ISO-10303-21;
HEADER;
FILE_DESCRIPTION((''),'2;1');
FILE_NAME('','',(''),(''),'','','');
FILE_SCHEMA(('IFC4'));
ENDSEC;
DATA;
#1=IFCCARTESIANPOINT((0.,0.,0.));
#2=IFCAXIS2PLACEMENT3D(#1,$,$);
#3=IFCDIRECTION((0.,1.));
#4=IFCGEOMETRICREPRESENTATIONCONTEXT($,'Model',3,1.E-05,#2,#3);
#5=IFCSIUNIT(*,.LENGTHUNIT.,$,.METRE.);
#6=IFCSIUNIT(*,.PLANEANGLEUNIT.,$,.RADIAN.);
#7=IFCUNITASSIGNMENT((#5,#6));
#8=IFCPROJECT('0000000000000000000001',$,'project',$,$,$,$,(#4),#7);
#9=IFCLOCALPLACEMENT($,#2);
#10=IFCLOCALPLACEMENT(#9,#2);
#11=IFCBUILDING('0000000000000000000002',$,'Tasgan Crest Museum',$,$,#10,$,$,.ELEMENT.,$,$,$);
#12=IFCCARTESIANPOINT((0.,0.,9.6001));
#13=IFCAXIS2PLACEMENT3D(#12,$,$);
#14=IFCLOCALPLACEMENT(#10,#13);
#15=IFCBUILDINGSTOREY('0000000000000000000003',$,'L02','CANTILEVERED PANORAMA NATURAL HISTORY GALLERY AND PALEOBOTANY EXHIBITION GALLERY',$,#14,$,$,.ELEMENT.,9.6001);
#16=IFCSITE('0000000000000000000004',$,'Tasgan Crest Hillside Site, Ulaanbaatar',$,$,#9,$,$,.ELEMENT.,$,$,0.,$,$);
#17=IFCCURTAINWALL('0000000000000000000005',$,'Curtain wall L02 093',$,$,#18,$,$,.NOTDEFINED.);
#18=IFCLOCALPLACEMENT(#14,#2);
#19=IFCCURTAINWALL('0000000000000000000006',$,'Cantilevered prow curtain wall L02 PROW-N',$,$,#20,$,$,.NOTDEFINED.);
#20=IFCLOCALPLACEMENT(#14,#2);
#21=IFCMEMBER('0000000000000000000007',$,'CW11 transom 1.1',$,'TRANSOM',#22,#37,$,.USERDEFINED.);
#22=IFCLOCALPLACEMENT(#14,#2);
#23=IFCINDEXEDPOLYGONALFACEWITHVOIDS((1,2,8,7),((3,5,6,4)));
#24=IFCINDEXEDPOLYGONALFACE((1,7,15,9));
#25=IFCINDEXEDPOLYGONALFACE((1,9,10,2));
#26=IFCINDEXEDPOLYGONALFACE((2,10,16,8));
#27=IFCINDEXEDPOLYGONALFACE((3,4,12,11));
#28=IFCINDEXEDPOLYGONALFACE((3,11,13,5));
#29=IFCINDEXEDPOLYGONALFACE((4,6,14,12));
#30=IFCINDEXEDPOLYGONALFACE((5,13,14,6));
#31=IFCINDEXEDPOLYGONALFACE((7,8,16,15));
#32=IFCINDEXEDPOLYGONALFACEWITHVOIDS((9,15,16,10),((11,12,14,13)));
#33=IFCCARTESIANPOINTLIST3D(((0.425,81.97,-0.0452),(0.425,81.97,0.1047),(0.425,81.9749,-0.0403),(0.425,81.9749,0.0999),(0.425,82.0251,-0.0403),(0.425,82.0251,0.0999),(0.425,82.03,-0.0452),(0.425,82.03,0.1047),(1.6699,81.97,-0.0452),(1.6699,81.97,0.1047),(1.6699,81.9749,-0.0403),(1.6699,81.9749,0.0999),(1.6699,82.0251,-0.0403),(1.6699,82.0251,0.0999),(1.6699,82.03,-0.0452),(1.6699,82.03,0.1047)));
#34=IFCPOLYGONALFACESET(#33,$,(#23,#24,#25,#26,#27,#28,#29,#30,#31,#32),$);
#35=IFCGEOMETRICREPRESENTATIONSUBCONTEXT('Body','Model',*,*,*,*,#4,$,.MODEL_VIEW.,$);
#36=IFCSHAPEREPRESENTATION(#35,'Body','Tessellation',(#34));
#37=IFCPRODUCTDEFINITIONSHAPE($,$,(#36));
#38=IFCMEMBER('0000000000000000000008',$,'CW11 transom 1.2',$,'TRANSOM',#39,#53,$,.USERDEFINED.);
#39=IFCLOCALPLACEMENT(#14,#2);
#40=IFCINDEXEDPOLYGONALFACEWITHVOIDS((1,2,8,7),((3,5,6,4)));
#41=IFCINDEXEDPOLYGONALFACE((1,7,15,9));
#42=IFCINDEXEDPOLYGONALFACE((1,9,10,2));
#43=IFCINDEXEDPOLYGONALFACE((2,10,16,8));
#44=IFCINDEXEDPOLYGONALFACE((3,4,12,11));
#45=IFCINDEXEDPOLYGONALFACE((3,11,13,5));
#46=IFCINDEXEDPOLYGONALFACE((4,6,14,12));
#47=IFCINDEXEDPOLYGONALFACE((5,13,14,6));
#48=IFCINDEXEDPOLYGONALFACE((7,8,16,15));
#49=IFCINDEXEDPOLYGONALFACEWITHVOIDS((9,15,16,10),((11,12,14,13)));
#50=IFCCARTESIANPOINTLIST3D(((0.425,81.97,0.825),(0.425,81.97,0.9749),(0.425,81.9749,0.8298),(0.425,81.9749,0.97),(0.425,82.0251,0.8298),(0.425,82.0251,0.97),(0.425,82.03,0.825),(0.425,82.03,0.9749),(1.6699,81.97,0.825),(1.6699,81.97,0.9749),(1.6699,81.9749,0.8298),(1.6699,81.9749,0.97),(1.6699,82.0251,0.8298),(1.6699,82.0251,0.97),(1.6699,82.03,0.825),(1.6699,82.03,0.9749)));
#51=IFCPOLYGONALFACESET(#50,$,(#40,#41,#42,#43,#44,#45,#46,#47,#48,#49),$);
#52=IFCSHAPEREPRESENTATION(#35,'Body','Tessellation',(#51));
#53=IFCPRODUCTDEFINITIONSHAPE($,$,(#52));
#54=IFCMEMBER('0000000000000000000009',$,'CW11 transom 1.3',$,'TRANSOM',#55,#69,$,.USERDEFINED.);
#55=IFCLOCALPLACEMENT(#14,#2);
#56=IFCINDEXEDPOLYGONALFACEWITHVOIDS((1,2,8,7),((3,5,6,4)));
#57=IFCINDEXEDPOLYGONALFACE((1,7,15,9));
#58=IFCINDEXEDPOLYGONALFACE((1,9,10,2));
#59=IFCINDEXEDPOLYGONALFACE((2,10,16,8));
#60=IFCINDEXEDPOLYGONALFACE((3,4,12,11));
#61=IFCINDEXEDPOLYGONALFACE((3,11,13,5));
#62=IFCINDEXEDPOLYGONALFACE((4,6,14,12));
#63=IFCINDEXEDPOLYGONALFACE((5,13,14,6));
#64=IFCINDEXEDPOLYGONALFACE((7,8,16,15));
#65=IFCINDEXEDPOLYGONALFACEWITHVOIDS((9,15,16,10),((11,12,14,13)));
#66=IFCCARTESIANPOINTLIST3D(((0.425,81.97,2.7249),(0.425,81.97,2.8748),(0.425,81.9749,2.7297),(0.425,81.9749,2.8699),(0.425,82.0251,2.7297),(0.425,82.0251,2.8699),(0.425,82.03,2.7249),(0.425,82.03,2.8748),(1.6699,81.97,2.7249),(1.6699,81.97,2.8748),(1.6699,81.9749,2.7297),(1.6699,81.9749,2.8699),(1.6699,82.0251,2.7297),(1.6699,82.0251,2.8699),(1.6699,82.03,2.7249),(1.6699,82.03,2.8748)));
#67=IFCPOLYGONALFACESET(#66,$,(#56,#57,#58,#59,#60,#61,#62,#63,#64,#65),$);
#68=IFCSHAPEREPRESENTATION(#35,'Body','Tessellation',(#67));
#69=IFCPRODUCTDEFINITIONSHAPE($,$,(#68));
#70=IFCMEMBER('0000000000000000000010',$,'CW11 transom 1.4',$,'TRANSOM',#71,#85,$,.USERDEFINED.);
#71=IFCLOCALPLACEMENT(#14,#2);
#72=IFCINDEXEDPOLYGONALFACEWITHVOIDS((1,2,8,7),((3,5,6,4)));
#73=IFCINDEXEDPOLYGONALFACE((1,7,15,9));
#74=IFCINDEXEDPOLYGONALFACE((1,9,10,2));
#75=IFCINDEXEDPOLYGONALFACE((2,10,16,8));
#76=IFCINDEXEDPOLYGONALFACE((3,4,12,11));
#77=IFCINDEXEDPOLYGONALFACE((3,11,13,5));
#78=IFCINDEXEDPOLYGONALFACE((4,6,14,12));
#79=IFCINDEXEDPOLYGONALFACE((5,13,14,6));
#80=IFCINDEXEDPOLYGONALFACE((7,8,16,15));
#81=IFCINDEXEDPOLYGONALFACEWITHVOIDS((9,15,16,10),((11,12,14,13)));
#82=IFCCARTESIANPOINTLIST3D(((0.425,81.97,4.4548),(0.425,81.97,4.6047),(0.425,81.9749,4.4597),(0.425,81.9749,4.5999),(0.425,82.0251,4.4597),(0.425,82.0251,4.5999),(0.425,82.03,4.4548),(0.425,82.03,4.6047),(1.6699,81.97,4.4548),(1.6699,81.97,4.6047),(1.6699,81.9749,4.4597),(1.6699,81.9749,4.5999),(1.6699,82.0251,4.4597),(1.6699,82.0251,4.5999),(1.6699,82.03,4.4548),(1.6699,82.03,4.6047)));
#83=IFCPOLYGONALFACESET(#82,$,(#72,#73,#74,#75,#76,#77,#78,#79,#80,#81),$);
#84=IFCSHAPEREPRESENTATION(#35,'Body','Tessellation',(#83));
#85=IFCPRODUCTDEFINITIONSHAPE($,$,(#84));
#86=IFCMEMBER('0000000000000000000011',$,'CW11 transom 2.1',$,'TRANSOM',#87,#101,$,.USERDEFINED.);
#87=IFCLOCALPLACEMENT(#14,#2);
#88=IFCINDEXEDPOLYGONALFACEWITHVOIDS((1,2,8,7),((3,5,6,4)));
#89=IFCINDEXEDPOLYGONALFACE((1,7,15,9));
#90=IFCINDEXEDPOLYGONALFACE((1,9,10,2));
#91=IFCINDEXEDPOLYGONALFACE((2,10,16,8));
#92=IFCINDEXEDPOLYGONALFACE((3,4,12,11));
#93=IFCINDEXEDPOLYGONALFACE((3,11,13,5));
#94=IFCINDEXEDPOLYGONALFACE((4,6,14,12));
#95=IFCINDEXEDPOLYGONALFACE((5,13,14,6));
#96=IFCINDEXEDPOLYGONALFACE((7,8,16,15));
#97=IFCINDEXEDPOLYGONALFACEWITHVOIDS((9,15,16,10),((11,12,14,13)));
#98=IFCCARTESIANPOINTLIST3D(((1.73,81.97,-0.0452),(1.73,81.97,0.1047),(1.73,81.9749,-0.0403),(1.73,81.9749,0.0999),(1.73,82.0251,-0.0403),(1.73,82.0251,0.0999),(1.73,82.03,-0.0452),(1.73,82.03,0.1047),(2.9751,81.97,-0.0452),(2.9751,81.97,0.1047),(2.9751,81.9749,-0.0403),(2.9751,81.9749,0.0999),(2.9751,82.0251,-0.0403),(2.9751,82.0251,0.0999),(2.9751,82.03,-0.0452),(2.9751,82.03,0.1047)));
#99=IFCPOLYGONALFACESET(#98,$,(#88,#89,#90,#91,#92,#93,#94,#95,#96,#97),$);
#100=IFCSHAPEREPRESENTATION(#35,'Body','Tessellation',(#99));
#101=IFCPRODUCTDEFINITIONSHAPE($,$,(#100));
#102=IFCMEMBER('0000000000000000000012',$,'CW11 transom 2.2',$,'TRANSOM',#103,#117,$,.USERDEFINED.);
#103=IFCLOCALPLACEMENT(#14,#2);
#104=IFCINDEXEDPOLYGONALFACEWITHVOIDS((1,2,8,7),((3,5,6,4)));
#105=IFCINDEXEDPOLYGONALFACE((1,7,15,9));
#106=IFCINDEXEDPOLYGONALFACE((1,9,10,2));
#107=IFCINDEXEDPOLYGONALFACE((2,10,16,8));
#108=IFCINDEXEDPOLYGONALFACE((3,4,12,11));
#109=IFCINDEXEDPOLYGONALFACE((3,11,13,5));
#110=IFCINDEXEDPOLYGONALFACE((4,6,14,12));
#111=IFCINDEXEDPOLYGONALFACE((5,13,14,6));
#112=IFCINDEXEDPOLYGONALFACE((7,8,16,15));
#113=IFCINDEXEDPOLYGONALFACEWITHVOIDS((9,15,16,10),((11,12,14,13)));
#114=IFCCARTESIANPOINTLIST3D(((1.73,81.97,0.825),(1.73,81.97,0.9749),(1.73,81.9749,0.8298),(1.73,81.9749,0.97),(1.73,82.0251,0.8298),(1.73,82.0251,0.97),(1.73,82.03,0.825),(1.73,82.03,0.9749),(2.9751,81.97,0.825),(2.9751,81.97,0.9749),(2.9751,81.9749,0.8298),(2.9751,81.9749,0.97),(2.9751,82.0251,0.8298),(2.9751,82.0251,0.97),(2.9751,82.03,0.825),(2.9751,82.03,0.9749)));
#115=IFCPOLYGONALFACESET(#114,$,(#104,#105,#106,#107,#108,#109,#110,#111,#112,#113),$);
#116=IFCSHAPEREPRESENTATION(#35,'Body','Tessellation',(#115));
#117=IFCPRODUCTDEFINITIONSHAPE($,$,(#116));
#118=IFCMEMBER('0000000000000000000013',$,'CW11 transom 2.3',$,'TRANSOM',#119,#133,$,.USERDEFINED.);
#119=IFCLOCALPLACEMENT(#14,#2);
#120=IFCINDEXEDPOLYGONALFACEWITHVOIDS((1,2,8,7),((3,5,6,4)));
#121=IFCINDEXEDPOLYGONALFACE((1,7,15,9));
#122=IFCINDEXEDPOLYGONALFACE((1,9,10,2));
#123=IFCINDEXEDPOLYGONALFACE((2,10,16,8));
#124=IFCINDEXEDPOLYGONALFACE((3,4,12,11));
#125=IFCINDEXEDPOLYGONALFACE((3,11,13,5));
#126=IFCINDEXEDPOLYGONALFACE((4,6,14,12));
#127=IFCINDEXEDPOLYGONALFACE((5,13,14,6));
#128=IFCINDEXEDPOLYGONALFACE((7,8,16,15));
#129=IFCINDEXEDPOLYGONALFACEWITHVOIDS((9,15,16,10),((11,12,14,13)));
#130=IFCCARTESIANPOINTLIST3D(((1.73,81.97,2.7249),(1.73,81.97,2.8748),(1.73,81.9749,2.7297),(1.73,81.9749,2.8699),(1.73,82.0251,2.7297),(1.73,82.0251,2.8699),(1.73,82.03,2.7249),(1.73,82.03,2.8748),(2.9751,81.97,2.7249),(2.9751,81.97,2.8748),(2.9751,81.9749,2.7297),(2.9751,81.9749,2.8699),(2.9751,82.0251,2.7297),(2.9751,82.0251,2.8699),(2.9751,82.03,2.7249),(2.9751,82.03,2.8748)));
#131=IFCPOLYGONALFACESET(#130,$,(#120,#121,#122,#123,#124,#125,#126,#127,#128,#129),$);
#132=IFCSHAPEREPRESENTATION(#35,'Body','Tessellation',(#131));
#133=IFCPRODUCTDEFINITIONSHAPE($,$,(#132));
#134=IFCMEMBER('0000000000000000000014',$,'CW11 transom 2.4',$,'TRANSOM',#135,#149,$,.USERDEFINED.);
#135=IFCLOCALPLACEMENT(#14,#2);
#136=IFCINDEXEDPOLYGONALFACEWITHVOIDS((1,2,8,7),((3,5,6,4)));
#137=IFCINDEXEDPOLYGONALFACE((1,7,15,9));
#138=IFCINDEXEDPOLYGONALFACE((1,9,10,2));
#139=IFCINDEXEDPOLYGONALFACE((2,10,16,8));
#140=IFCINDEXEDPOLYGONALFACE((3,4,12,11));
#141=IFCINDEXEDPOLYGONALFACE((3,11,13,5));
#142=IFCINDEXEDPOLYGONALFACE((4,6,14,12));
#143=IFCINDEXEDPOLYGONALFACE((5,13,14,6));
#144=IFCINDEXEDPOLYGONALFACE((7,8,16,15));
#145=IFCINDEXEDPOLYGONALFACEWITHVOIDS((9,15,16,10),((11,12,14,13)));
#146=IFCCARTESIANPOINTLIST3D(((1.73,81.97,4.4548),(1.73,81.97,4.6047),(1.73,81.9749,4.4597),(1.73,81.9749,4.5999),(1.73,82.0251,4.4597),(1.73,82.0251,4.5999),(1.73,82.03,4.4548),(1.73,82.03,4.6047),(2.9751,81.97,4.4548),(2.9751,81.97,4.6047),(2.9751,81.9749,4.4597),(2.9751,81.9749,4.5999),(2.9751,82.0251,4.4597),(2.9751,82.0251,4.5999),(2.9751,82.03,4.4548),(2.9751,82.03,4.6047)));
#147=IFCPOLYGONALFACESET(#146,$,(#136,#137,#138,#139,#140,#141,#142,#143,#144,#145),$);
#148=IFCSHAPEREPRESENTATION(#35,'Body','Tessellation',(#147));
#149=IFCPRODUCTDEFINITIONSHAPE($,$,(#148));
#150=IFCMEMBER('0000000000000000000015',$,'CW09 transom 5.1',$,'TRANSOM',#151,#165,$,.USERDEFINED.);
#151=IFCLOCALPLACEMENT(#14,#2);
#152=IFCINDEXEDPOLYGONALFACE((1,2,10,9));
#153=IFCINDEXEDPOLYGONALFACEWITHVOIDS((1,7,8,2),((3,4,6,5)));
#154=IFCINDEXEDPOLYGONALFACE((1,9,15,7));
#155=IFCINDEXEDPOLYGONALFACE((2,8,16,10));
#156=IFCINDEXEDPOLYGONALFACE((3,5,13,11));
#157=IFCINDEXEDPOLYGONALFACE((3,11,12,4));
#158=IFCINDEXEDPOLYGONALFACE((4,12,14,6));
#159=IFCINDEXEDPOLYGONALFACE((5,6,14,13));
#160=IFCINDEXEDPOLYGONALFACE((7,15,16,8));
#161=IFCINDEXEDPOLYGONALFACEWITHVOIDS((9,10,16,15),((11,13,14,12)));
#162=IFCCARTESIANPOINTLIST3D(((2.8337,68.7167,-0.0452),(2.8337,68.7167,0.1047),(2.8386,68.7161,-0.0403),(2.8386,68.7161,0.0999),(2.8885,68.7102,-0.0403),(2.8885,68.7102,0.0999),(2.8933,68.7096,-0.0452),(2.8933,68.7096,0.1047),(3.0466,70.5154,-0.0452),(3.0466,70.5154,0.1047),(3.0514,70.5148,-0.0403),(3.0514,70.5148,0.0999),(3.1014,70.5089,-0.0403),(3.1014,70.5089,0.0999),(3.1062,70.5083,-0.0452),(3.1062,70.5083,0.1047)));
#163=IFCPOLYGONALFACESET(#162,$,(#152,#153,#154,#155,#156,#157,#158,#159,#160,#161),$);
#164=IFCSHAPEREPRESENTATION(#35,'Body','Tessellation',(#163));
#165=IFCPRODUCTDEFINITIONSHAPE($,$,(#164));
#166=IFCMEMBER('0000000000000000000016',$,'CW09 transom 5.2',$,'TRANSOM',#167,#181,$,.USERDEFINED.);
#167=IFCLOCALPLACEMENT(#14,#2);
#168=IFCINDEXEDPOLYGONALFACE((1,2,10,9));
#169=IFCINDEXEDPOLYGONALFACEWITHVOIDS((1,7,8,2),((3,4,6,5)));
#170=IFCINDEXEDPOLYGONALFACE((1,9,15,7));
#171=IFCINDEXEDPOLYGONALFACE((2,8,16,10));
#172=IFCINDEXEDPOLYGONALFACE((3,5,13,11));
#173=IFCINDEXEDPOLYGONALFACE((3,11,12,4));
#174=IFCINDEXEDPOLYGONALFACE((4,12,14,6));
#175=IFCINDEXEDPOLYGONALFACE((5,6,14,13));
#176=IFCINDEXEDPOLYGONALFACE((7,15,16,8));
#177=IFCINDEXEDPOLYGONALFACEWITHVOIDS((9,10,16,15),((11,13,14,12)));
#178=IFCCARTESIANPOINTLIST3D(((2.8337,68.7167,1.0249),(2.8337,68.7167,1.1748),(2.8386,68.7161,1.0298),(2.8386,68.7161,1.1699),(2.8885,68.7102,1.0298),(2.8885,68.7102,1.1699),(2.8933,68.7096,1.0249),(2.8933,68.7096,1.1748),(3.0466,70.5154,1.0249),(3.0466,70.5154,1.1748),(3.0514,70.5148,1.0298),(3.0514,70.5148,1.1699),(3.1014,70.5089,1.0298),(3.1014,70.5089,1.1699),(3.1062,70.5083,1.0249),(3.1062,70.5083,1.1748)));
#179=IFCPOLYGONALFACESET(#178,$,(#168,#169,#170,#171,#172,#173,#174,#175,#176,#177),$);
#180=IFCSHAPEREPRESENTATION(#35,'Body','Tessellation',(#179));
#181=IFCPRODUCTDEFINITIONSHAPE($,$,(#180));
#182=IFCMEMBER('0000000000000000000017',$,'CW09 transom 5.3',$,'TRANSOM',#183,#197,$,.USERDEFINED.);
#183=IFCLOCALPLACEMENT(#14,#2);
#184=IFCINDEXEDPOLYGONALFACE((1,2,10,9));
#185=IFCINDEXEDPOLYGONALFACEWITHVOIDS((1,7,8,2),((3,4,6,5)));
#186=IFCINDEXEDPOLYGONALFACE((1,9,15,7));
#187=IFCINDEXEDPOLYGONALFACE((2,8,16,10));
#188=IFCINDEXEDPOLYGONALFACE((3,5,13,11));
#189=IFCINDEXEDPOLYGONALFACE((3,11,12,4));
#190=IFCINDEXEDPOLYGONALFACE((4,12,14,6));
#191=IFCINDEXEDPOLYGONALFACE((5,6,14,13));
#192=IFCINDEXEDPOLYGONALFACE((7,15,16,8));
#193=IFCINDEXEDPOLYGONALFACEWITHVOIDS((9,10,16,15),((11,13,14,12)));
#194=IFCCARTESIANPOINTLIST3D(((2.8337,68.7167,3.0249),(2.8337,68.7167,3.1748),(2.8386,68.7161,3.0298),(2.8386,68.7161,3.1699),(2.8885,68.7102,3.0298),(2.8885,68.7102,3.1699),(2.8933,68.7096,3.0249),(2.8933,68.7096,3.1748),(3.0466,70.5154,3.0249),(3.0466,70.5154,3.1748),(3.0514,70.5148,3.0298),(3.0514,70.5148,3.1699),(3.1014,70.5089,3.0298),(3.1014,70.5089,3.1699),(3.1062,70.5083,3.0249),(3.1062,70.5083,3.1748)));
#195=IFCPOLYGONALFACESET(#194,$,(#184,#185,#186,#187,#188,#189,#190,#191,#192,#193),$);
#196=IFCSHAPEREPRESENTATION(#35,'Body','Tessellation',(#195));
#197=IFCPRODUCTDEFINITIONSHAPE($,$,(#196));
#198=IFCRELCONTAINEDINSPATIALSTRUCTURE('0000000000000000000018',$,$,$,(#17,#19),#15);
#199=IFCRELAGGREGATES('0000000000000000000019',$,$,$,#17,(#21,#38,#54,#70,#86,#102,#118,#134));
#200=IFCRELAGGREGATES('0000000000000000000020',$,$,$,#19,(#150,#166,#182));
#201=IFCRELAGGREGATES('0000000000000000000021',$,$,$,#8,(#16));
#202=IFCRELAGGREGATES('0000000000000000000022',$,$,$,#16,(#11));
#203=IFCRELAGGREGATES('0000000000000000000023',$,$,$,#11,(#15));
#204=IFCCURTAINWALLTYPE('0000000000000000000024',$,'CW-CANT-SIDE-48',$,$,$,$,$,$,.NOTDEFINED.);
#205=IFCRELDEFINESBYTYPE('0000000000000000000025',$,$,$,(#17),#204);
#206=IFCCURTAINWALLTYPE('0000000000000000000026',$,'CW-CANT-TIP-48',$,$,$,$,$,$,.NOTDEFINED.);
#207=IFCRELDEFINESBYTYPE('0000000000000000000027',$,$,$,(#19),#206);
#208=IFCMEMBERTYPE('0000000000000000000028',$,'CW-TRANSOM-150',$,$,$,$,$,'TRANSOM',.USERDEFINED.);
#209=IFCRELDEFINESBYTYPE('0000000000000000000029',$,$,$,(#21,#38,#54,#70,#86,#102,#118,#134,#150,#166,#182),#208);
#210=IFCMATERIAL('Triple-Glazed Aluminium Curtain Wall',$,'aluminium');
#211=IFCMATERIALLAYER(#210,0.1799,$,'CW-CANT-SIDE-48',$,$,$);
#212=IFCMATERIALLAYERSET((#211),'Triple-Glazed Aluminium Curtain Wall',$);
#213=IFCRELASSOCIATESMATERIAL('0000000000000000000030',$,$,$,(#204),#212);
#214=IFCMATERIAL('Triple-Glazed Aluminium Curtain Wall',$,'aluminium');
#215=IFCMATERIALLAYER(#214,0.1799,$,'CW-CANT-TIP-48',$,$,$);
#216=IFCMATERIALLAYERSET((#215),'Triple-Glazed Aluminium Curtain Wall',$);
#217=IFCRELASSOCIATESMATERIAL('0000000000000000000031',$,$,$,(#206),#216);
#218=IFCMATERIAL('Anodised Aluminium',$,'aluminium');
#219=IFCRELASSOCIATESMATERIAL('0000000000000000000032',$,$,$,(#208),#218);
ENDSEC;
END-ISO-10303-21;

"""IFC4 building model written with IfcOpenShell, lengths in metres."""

from ifc_helpers import new_model, si_unit, direction, frame, origin, origin_2d, place, context, subcontext, project, spatial, hollow_rectangle, extrude, material, layer, layer_set, material_profile, profile_set, type_object, element, aggregate, save


model = new_model("IFC4")

# Units and contexts
model_context = context("Model", 3, precision=1e-05, world=origin(), true_north=direction((0.0, 1.0)))
body_context = subcontext(model_context, "Body", "Model", "MODEL_VIEW")
ifc_project = project(units=[si_unit("LENGTHUNIT", "METRE"), si_unit("PLANEANGLEUNIT", "RADIAN")], contexts=[model_context])

# Site, building, storey
site_placement = place(None, origin())
site = spatial("IfcSite", under=ifc_project, at=site_placement, Name="Tasgan Crest Hillside Site, Ulaanbaatar", CompositionType="ELEMENT", RefElevation=0.0)
building_placement = place(site_placement, origin())
building = spatial("IfcBuilding", under=site, at=building_placement, Name="Tasgan Crest Museum", CompositionType="ELEMENT")
storey_placement = place(building_placement, frame((0.0, 0.0, 9.6001)))
storey = spatial("IfcBuildingStorey", under=building, at=storey_placement, Name="L02", Description="CANTILEVERED PANORAMA NATURAL HISTORY GALLERY AND PALEOBOTANY EXHIBITION GALLERY", CompositionType="ELEMENT", Elevation=9.6001)

# Curtain walls
ifc_material_1 = material(Name="Triple-Glazed Aluminium Curtain Wall", Category="aluminium")
ifc_layer_1 = layer(ifc_material_1, 0.1799, Name="CW-CANT-SIDE-48")
ifc_layer_set_1 = layer_set([ifc_layer_1], Name="Triple-Glazed Aluminium Curtain Wall")
curtain_wall_type_1 = type_object("IfcCurtainWallType", Name="CW-CANT-SIDE-48", PredefinedType="NOTDEFINED", material=ifc_layer_set_1)
curtain_wall_1_placement = place(storey_placement, origin())
curtain_wall_1 = element("IfcCurtainWall", 1, at=curtain_wall_1_placement, inside=storey, type_object=curtain_wall_type_1, Name="Curtain wall L02 093", PredefinedType="NOTDEFINED")
ifc_material_2 = material(Name="Triple-Glazed Aluminium Curtain Wall", Category="aluminium")
ifc_layer_2 = layer(ifc_material_2, 0.1799, Name="CW-CANT-TIP-48")
ifc_layer_set_2 = layer_set([ifc_layer_2], Name="Triple-Glazed Aluminium Curtain Wall")
curtain_wall_type_2 = type_object("IfcCurtainWallType", Name="CW-CANT-TIP-48", PredefinedType="NOTDEFINED", material=ifc_layer_set_2)
curtain_wall_2_placement = place(storey_placement, origin())
curtain_wall_2 = element("IfcCurtainWall", 2, at=curtain_wall_2_placement, inside=storey, type_object=curtain_wall_type_2, Name="Cantilevered prow curtain wall L02 PROW-N", PredefinedType="NOTDEFINED")

# Members
ifc_material_3 = material(Name="Anodised Aluminium", Category="aluminium")
ifc_material_profile_1 = material_profile(ifc_material_3, hollow_rectangle(XDim=0.0601, YDim=0.1499, WallThickness=0.0049, at=origin_2d()), Name="ALU TRANSOM 150x60x5")
ifc_profile_set_1 = profile_set([ifc_material_profile_1], Name="Anodised Aluminium")
member_type_1 = type_object("IfcMemberType", Name="CW-TRANSOM-150", ElementType="TRANSOM", PredefinedType="USERDEFINED", material=ifc_profile_set_1)
member_1_placement = place(storey_placement, frame((0.425, 82.0, 0.0298), z_axis=(1.0, 0.0, 0.0), x_axis=(0.0, 1.0, 0.0)))
member_1 = element("IfcMember", 3, at=member_1_placement, type_object=member_type_1, Name="CW11 transom 1.1", ObjectType="TRANSOM", PredefinedType="USERDEFINED", context=body_context, shape_type="SweptSolid", body=[
    extrude(hollow_rectangle(XDim=0.0601, YDim=0.1499, WallThickness=0.0049, at=origin_2d()), origin(), (0.0, 0.0, 1.0), 1.2449),
])
member_2_placement = place(storey_placement, frame((0.425, 82.0, 0.8999), z_axis=(1.0, 0.0, 0.0), x_axis=(0.0, 1.0, 0.0)))
member_2 = element("IfcMember", 4, at=member_2_placement, type_object=member_type_1, Name="CW11 transom 1.2", ObjectType="TRANSOM", PredefinedType="USERDEFINED", context=body_context, shape_type="SweptSolid", body=[
    extrude(hollow_rectangle(XDim=0.0601, YDim=0.1499, WallThickness=0.0049, at=origin_2d()), origin(), (0.0, 0.0, 1.0), 1.2449),
])
member_3_placement = place(storey_placement, frame((0.425, 82.0, 2.7998), z_axis=(1.0, 0.0, 0.0), x_axis=(0.0, 1.0, 0.0)))
member_3 = element("IfcMember", 5, at=member_3_placement, type_object=member_type_1, Name="CW11 transom 1.3", ObjectType="TRANSOM", PredefinedType="USERDEFINED", context=body_context, shape_type="SweptSolid", body=[
    extrude(hollow_rectangle(XDim=0.0601, YDim=0.1499, WallThickness=0.0049, at=origin_2d()), origin(), (0.0, 0.0, 1.0), 1.2449),
])
member_4_placement = place(storey_placement, frame((0.425, 82.0, 4.5298), z_axis=(1.0, 0.0, 0.0), x_axis=(0.0, 1.0, 0.0)))
member_4 = element("IfcMember", 6, at=member_4_placement, type_object=member_type_1, Name="CW11 transom 1.4", ObjectType="TRANSOM", PredefinedType="USERDEFINED", context=body_context, shape_type="SweptSolid", body=[
    extrude(hollow_rectangle(XDim=0.0601, YDim=0.1499, WallThickness=0.0049, at=origin_2d()), origin(), (0.0, 0.0, 1.0), 1.2449),
])
member_5_placement = place(storey_placement, frame((1.73, 82.0, 0.0298), z_axis=(1.0, 0.0, 0.0), x_axis=(0.0, 1.0, 0.0)))
member_5 = element("IfcMember", 7, at=member_5_placement, type_object=member_type_1, Name="CW11 transom 2.1", ObjectType="TRANSOM", PredefinedType="USERDEFINED", context=body_context, shape_type="SweptSolid", body=[
    extrude(hollow_rectangle(XDim=0.0601, YDim=0.1499, WallThickness=0.0049, at=origin_2d()), origin(), (0.0, 0.0, 1.0), 1.2451),
])
member_6_placement = place(storey_placement, frame((1.73, 82.0, 0.8999), z_axis=(1.0, 0.0, 0.0), x_axis=(0.0, 1.0, 0.0)))
member_6 = element("IfcMember", 8, at=member_6_placement, type_object=member_type_1, Name="CW11 transom 2.2", ObjectType="TRANSOM", PredefinedType="USERDEFINED", context=body_context, shape_type="SweptSolid", body=[
    extrude(hollow_rectangle(XDim=0.0601, YDim=0.1499, WallThickness=0.0049, at=origin_2d()), origin(), (0.0, 0.0, 1.0), 1.2451),
])
member_7_placement = place(storey_placement, frame((1.73, 82.0, 2.7998), z_axis=(1.0, 0.0, 0.0), x_axis=(0.0, 1.0, 0.0)))
member_7 = element("IfcMember", 9, at=member_7_placement, type_object=member_type_1, Name="CW11 transom 2.3", ObjectType="TRANSOM", PredefinedType="USERDEFINED", context=body_context, shape_type="SweptSolid", body=[
    extrude(hollow_rectangle(XDim=0.0601, YDim=0.1499, WallThickness=0.0049, at=origin_2d()), origin(), (0.0, 0.0, 1.0), 1.2451),
])
member_8_placement = place(storey_placement, frame((1.73, 82.0, 4.5298), z_axis=(1.0, 0.0, 0.0), x_axis=(0.0, 1.0, 0.0)))
member_8 = element("IfcMember", 10, at=member_8_placement, type_object=member_type_1, Name="CW11 transom 2.4", ObjectType="TRANSOM", PredefinedType="USERDEFINED", context=body_context, shape_type="SweptSolid", body=[
    extrude(hollow_rectangle(XDim=0.0601, YDim=0.1499, WallThickness=0.0049, at=origin_2d()), origin(), (0.0, 0.0, 1.0), 1.2451),
])
member_9_placement = place(storey_placement, frame((2.8635, 68.7131, 0.0298), z_axis=(0.117529, 0.993069, 0.0), x_axis=(-0.993069, 0.117529, 0.0)))
member_9 = element("IfcMember", 11, at=member_9_placement, type_object=member_type_1, Name="CW09 transom 5.1", ObjectType="TRANSOM", PredefinedType="USERDEFINED", context=body_context, shape_type="SweptSolid", body=[
    extrude(hollow_rectangle(XDim=0.0601, YDim=0.1499, WallThickness=0.0049, at=origin_2d()), origin(), (0.0, 0.0, 1.0), 1.8113),
])
member_10_placement = place(storey_placement, frame((2.8635, 68.7131, 1.0999), z_axis=(0.117529, 0.993069, 0.0), x_axis=(-0.993069, 0.117529, 0.0)))
member_10 = element("IfcMember", 12, at=member_10_placement, type_object=member_type_1, Name="CW09 transom 5.2", ObjectType="TRANSOM", PredefinedType="USERDEFINED", context=body_context, shape_type="SweptSolid", body=[
    extrude(hollow_rectangle(XDim=0.0601, YDim=0.1499, WallThickness=0.0049, at=origin_2d()), origin(), (0.0, 0.0, 1.0), 1.8113),
])
member_11_placement = place(storey_placement, frame((2.8635, 68.7131, 3.0999), z_axis=(0.117529, 0.993069, 0.0), x_axis=(-0.993069, 0.117529, 0.0)))
member_11 = element("IfcMember", 13, at=member_11_placement, type_object=member_type_1, Name="CW09 transom 5.3", ObjectType="TRANSOM", PredefinedType="USERDEFINED", context=body_context, shape_type="SweptSolid", body=[
    extrude(hollow_rectangle(XDim=0.0601, YDim=0.1499, WallThickness=0.0049, at=origin_2d()), origin(), (0.0, 0.0, 1.0), 1.8113),
])

aggregate(curtain_wall_1, [member_1, member_2, member_3, member_4, member_5, member_6, member_7, member_8])
aggregate(curtain_wall_2, [member_9, member_10, member_11])

save(model, "model.ifc")
